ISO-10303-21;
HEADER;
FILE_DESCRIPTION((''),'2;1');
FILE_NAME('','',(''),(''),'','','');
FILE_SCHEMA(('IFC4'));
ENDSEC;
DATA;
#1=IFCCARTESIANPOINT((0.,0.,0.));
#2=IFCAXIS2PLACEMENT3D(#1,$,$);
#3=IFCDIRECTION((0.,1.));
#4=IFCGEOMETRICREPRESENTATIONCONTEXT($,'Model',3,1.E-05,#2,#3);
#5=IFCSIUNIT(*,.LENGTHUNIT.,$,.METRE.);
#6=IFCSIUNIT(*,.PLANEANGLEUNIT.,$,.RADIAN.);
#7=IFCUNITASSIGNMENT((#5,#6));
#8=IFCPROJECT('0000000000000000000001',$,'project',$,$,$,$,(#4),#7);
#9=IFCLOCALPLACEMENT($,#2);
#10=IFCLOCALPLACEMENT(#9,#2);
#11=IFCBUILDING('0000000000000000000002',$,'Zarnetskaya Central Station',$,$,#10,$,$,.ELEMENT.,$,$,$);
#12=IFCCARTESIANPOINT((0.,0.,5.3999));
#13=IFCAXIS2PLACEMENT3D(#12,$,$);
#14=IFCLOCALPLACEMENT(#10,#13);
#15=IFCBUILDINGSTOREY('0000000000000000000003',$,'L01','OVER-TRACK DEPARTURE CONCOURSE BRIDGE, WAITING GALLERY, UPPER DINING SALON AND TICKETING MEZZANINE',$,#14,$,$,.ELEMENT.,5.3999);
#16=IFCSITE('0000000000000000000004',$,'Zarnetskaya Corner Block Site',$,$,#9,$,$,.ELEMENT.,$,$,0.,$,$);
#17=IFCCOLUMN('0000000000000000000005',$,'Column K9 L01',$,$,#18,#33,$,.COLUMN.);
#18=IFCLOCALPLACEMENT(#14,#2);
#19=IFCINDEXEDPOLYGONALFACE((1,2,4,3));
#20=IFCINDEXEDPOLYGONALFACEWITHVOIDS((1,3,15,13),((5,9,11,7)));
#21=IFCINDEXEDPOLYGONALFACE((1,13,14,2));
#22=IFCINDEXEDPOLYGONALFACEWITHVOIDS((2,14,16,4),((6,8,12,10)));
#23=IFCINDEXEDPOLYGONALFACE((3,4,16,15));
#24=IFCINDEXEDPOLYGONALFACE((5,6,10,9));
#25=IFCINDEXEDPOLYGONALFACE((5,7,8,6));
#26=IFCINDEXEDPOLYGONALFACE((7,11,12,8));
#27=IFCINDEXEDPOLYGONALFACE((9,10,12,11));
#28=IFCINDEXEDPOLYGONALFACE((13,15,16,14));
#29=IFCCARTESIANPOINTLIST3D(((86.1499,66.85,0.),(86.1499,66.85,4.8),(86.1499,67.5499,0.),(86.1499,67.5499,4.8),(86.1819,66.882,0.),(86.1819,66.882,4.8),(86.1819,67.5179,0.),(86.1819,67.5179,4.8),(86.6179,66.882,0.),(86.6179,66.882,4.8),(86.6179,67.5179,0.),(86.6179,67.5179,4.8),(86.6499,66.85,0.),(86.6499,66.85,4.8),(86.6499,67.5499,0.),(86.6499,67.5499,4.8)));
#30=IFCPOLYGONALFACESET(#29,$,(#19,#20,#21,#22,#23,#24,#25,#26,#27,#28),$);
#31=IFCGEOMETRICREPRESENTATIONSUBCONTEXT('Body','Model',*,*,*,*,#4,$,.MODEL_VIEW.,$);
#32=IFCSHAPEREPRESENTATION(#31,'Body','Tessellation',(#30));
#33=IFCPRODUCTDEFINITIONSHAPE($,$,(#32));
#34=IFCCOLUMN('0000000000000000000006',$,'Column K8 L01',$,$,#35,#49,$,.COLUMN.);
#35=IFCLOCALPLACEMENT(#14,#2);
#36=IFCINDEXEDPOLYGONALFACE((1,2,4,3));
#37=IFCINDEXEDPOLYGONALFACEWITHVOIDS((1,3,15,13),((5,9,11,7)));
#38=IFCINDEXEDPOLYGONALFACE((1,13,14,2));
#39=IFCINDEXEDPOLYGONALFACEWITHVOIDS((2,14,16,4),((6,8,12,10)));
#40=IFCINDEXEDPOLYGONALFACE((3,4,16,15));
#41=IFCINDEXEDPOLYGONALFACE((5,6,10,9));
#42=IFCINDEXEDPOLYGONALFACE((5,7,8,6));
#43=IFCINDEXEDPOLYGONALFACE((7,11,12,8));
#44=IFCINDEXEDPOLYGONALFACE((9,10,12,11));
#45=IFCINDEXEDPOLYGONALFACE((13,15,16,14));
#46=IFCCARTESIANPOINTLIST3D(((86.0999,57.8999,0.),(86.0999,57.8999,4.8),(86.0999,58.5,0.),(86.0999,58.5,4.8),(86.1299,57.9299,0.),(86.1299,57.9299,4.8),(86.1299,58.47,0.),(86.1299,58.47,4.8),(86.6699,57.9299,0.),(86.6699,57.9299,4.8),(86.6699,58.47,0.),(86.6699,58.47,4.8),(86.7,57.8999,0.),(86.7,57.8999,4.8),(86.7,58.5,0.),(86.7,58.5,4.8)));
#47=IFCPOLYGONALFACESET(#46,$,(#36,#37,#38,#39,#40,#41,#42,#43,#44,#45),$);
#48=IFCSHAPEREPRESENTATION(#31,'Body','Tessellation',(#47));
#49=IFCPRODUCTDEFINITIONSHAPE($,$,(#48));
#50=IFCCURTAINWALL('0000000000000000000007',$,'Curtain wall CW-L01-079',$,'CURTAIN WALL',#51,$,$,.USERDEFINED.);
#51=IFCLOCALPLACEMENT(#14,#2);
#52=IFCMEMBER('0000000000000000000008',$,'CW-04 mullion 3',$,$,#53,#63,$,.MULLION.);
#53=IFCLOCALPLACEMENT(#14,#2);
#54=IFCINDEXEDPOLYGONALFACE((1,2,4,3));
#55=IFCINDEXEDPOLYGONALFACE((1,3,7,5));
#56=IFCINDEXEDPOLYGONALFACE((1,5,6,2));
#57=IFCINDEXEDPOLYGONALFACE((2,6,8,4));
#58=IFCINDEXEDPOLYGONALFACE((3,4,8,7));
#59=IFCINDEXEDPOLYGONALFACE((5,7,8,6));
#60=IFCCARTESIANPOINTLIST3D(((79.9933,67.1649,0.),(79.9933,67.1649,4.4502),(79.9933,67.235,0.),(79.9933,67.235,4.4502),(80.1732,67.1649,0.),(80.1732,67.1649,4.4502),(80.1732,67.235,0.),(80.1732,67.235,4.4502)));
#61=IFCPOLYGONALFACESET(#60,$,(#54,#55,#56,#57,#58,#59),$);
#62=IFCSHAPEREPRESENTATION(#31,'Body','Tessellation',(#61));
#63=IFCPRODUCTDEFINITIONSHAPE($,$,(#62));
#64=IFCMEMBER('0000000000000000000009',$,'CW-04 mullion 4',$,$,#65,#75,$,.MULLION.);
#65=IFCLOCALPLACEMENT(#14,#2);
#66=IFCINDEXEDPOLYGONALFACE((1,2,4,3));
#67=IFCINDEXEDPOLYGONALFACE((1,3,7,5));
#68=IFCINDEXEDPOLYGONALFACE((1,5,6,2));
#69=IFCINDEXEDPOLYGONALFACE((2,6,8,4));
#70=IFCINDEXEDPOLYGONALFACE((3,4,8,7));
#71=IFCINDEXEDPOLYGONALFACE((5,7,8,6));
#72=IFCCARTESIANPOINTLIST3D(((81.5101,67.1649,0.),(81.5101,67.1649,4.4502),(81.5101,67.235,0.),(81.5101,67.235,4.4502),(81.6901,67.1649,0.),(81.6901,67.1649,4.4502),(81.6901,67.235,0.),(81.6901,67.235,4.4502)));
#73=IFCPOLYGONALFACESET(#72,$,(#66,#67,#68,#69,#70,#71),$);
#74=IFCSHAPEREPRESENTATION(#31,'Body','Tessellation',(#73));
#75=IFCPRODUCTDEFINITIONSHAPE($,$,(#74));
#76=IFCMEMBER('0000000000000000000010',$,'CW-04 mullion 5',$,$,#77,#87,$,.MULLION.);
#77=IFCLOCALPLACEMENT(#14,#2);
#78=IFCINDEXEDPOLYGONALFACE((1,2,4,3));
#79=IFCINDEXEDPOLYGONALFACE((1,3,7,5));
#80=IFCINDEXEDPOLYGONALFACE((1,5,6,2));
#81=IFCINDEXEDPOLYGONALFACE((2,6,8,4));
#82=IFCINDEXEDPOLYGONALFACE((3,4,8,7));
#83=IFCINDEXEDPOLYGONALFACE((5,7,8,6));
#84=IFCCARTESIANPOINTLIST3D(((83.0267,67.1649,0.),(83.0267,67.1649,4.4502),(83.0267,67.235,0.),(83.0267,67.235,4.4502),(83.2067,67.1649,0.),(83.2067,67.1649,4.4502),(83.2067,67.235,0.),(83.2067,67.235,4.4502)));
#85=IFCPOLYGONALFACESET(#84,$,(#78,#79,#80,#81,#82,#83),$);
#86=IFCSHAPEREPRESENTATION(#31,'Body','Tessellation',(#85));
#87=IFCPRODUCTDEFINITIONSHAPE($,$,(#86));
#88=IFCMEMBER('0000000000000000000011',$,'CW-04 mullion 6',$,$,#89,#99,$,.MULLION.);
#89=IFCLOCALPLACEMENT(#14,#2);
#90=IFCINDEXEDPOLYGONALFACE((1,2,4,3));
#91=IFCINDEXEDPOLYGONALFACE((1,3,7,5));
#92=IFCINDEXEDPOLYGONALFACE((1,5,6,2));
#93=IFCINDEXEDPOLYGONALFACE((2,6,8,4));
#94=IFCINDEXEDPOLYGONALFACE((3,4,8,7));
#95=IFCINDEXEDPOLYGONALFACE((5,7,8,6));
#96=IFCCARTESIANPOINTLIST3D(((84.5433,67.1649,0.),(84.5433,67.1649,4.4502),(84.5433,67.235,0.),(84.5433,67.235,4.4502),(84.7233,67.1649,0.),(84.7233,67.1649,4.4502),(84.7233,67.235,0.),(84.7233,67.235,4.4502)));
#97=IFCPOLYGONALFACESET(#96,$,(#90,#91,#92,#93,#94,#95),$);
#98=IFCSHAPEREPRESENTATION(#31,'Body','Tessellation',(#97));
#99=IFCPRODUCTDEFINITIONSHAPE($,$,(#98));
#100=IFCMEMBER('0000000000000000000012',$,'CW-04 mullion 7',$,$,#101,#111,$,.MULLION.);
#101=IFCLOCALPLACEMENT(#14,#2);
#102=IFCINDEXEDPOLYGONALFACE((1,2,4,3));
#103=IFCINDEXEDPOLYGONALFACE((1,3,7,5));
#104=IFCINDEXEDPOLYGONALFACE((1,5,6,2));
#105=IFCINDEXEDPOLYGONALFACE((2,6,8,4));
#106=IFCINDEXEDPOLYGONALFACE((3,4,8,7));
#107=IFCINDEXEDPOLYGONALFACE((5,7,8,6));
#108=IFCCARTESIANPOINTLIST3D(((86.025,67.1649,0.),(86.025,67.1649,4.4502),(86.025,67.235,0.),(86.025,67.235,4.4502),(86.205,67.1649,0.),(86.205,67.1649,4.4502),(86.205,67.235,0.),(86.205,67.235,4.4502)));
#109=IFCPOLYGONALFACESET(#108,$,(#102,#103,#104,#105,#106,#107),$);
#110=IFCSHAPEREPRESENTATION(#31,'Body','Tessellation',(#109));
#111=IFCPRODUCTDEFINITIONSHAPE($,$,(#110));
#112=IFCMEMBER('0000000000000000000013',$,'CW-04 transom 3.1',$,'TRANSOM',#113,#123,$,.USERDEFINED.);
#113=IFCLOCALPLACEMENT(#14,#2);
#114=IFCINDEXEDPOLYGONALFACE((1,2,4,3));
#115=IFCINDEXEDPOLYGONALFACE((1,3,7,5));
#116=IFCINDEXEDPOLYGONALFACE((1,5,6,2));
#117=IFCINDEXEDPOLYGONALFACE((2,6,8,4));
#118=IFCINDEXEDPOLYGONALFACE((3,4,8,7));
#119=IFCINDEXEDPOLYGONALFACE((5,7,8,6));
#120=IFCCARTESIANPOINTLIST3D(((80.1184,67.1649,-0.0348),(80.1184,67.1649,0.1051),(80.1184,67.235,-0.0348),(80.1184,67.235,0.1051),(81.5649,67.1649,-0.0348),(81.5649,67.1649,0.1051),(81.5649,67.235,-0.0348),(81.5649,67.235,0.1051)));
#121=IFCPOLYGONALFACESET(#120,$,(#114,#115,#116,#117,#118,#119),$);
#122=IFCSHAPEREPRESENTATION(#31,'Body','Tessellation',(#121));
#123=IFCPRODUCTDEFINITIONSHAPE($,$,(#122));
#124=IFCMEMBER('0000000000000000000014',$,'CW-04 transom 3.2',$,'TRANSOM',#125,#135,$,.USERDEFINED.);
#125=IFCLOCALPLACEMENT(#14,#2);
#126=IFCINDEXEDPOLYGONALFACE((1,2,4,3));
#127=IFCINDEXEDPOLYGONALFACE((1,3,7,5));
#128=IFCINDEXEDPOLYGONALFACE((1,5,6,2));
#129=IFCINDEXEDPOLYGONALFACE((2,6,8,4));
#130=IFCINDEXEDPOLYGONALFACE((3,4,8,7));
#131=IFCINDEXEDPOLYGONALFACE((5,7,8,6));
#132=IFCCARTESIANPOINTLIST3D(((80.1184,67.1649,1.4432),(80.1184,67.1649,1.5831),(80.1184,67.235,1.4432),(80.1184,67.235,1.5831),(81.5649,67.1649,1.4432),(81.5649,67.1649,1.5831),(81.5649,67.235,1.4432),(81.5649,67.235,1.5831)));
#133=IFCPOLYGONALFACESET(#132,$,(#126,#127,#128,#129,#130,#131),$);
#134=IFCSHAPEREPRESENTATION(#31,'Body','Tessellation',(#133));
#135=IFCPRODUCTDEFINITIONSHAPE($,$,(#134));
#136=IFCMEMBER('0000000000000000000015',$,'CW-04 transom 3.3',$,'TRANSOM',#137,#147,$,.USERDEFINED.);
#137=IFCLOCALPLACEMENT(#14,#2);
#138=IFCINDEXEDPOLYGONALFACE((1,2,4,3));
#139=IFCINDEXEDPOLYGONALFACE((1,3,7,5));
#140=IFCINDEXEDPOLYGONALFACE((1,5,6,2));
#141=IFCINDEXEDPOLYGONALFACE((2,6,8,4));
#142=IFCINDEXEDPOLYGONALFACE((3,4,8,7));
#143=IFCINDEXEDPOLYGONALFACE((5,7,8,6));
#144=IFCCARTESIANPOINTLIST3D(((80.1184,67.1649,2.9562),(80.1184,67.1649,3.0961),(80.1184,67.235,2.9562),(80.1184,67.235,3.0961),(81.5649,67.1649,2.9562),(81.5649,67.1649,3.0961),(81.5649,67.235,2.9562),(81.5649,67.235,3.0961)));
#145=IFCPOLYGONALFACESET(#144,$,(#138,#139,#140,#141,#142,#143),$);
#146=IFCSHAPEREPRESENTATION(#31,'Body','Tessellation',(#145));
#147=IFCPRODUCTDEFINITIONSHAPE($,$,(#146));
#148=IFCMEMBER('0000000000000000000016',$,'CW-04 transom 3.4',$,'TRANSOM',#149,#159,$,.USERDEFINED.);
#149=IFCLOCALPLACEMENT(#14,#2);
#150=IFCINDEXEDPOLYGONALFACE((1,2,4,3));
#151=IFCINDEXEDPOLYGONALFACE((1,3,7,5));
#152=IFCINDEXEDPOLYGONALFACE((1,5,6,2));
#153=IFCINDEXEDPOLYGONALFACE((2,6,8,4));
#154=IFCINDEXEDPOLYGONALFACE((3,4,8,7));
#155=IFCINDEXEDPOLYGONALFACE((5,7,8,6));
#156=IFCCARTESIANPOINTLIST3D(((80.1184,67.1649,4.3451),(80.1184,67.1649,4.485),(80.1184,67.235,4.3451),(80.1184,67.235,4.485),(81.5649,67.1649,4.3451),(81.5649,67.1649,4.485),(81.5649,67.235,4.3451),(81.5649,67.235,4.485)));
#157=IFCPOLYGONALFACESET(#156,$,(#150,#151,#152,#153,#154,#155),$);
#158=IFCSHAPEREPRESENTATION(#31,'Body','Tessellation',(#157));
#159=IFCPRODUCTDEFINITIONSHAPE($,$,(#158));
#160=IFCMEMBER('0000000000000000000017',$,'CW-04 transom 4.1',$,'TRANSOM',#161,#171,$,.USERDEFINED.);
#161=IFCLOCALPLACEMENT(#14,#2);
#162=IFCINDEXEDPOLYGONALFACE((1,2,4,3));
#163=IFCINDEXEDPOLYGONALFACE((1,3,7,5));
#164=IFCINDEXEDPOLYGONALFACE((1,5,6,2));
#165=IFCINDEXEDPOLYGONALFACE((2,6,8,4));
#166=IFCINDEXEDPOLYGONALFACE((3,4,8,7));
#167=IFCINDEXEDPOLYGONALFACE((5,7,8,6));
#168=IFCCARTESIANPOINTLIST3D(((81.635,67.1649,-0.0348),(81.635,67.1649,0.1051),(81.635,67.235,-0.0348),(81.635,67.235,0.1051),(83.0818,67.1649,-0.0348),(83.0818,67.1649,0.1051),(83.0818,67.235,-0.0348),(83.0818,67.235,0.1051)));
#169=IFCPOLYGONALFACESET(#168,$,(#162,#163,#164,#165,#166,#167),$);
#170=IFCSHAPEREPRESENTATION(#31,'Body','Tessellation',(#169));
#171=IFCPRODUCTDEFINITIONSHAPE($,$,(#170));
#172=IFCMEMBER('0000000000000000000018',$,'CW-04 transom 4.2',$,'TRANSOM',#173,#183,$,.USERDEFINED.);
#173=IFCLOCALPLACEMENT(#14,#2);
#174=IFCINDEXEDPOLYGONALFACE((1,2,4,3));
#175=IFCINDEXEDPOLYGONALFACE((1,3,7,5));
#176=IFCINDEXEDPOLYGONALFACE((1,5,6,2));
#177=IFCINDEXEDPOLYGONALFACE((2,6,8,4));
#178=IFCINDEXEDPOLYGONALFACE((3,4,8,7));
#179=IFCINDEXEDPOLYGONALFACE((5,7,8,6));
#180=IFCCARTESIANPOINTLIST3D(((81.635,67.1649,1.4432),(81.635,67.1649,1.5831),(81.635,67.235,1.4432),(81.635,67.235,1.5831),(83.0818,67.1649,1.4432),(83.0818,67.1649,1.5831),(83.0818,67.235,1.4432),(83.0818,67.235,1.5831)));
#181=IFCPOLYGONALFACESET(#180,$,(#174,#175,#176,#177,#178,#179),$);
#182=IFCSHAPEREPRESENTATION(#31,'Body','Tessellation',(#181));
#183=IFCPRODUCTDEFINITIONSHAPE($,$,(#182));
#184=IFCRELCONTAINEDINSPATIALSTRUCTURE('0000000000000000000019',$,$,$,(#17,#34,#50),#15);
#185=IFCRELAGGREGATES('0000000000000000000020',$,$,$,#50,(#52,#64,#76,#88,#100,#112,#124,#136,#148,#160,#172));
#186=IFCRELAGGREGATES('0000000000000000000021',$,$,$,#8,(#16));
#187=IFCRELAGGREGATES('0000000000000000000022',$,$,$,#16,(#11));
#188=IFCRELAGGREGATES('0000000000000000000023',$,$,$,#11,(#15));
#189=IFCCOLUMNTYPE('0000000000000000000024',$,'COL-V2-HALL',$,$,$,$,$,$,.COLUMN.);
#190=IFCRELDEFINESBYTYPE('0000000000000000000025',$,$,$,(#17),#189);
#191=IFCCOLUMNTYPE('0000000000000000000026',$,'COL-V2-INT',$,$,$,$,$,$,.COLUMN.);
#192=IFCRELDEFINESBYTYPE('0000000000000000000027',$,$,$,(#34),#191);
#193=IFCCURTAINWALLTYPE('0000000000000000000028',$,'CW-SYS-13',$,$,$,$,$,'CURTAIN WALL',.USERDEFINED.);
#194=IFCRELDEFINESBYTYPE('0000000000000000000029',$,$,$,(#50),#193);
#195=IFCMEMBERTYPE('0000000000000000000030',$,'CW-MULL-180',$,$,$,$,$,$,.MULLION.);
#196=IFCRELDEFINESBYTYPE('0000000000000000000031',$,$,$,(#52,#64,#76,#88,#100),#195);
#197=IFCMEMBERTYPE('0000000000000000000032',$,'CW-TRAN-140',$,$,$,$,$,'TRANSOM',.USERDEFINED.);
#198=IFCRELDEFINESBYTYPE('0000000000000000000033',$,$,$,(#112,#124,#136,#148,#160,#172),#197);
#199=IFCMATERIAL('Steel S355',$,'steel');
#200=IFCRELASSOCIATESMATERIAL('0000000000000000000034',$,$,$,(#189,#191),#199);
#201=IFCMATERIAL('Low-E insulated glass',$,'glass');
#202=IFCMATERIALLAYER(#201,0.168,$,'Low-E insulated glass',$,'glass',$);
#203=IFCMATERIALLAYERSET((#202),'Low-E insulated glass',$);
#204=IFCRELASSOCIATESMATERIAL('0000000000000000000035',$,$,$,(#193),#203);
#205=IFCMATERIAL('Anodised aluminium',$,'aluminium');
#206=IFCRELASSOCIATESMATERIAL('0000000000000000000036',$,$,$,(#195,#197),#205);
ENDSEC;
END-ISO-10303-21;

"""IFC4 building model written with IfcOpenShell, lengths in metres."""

from ifc_helpers import new_model, si_unit, direction, frame, origin, origin_2d, place, context, subcontext, project, spatial, rectangle, hollow_rectangle, extrude, material, layer, layer_set, material_profile, profile_set, type_object, element, aggregate, save


model = new_model("IFC4")

# Units and contexts
model_context = context("Model", 3, precision=1e-05, world=origin(), true_north=direction((0.0, 1.0)))
body_context = subcontext(model_context, "Body", "Model", "MODEL_VIEW")
ifc_project = project(units=[si_unit("LENGTHUNIT", "METRE"), si_unit("PLANEANGLEUNIT", "RADIAN")], contexts=[model_context])

# Site, building, storey
site_placement = place(None, origin())
site = spatial("IfcSite", under=ifc_project, at=site_placement, Name="Zarnetskaya Corner Block Site", CompositionType="ELEMENT", RefElevation=0.0)
building_placement = place(site_placement, origin())
building = spatial("IfcBuilding", under=site, at=building_placement, Name="Zarnetskaya Central Station", CompositionType="ELEMENT")
storey_placement = place(building_placement, frame((0.0, 0.0, 5.3999)))
storey = spatial("IfcBuildingStorey", under=building, at=storey_placement, Name="L01", Description="OVER-TRACK DEPARTURE CONCOURSE BRIDGE, WAITING GALLERY, UPPER DINING SALON AND TICKETING MEZZANINE", CompositionType="ELEMENT", Elevation=5.3999)

# Columns
ifc_material_1 = material(Name="Steel S355", Category="steel")
ifc_material_profile_1 = material_profile(ifc_material_1, hollow_rectangle(XDim=0.5, YDim=0.7, WallThickness=0.032, at=origin_2d()), Name="BOX 700x500x32")
ifc_profile_set_1 = profile_set([ifc_material_profile_1], Name="Steel S355")
column_type_1 = type_object("IfcColumnType", Name="COL-V2-HALL", PredefinedType="COLUMN", material=ifc_profile_set_1)
column_1_placement = place(storey_placement, frame((86.3999, 67.2, 0.0), z_axis=(0.0, 0.0, 1.0), x_axis=(1.0, 0.0, 0.0)))
element("IfcColumn", 1, at=column_1_placement, inside=storey, type_object=column_type_1, Name="Column K9 L01", PredefinedType="COLUMN", context=body_context, shape_type="SweptSolid", body=[
    extrude(hollow_rectangle(XDim=0.5, YDim=0.7, WallThickness=0.032, at=origin_2d()), origin(), (0.0, 0.0, 1.0), 4.8),
])
ifc_material_profile_2 = material_profile(ifc_material_1, hollow_rectangle(XDim=0.6001, YDim=0.6001, WallThickness=0.03, at=origin_2d()), Name="BOX 600x600x30")
ifc_profile_set_2 = profile_set([ifc_material_profile_2], Name="Steel S355")
column_type_2 = type_object("IfcColumnType", Name="COL-V2-INT", PredefinedType="COLUMN", material=ifc_profile_set_2)
column_2_placement = place(storey_placement, frame((86.3999, 58.2, 0.0), z_axis=(0.0, 0.0, 1.0), x_axis=(1.0, 0.0, 0.0)))
element("IfcColumn", 2, at=column_2_placement, inside=storey, type_object=column_type_2, Name="Column K8 L01", PredefinedType="COLUMN", context=body_context, shape_type="SweptSolid", body=[
    extrude(hollow_rectangle(XDim=0.6001, YDim=0.6001, WallThickness=0.03, at=origin_2d()), origin(), (0.0, 0.0, 1.0), 4.8),
])

# Curtain wall, members
ifc_material_2 = material(Name="Low-E insulated glass", Category="glass")
ifc_layer_1 = layer(ifc_material_2, 0.168, Name="Low-E insulated glass", Category="glass")
ifc_layer_set_1 = layer_set([ifc_layer_1], Name="Low-E insulated glass")
curtain_wall_type = type_object("IfcCurtainWallType", Name="CW-SYS-13", ElementType="CURTAIN WALL", PredefinedType="USERDEFINED", material=ifc_layer_set_1)
curtain_wall_placement = place(storey_placement, origin())
curtain_wall = element("IfcCurtainWall", 3, at=curtain_wall_placement, inside=storey, type_object=curtain_wall_type, Name="Curtain wall CW-L01-079", ObjectType="CURTAIN WALL", PredefinedType="USERDEFINED")
ifc_material_3 = material(Name="Anodised aluminium", Category="aluminium")
ifc_material_profile_3 = material_profile(ifc_material_3, rectangle(XDim=0.0701, YDim=0.1799, at=origin_2d()), Name="ALU MULL 70x180")
ifc_profile_set_3 = profile_set([ifc_material_profile_3], Name="Anodised aluminium")
member_type_1 = type_object("IfcMemberType", Name="CW-MULL-180", PredefinedType="MULLION", material=ifc_profile_set_3)
member_1_placement = place(storey_placement, frame((80.0833, 67.2, 0.0), z_axis=(0.0, 0.0, 1.0), x_axis=(0.0, 1.0, 0.0)))
member_1 = element("IfcMember", 4, at=member_1_placement, type_object=member_type_1, Name="CW-04 mullion 3", PredefinedType="MULLION", context=body_context, shape_type="SweptSolid", body=[
    extrude(rectangle(XDim=0.0701, YDim=0.1799, at=origin_2d()), origin(), (0.0, 0.0, 1.0), 4.4502),
])
member_2_placement = place(storey_placement, frame((81.6001, 67.2, 0.0), z_axis=(0.0, 0.0, 1.0), x_axis=(0.0, 1.0, 0.0)))
member_2 = element("IfcMember", 5, at=member_2_placement, type_object=member_type_1, Name="CW-04 mullion 4", PredefinedType="MULLION", context=body_context, shape_type="SweptSolid", body=[
    extrude(rectangle(XDim=0.0701, YDim=0.1799, at=origin_2d()), origin(), (0.0, 0.0, 1.0), 4.4502),
])
member_3_placement = place(storey_placement, frame((83.1167, 67.2, 0.0), z_axis=(0.0, 0.0, 1.0), x_axis=(0.0, 1.0, 0.0)))
member_3 = element("IfcMember", 6, at=member_3_placement, type_object=member_type_1, Name="CW-04 mullion 5", PredefinedType="MULLION", context=body_context, shape_type="SweptSolid", body=[
    extrude(rectangle(XDim=0.0701, YDim=0.1799, at=origin_2d()), origin(), (0.0, 0.0, 1.0), 4.4502),
])
member_4_placement = place(storey_placement, frame((84.6333, 67.2, 0.0), z_axis=(0.0, 0.0, 1.0), x_axis=(0.0, 1.0, 0.0)))
member_4 = element("IfcMember", 7, at=member_4_placement, type_object=member_type_1, Name="CW-04 mullion 6", PredefinedType="MULLION", context=body_context, shape_type="SweptSolid", body=[
    extrude(rectangle(XDim=0.0701, YDim=0.1799, at=origin_2d()), origin(), (0.0, 0.0, 1.0), 4.4502),
])
member_5_placement = place(storey_placement, frame((86.115, 67.2, 0.0), z_axis=(0.0, 0.0, 1.0), x_axis=(0.0, 1.0, 0.0)))
member_5 = element("IfcMember", 8, at=member_5_placement, type_object=member_type_1, Name="CW-04 mullion 7", PredefinedType="MULLION", context=body_context, shape_type="SweptSolid", body=[
    extrude(rectangle(XDim=0.0701, YDim=0.1799, at=origin_2d()), origin(), (0.0, 0.0, 1.0), 4.4502),
])
ifc_material_profile_4 = material_profile(ifc_material_3, rectangle(XDim=0.0701, YDim=0.1399, at=origin_2d()), Name="ALU TRAN 70x140")
ifc_profile_set_4 = profile_set([ifc_material_profile_4], Name="Anodised aluminium")
member_type_2 = type_object("IfcMemberType", Name="CW-TRAN-140", ElementType="TRANSOM", PredefinedType="USERDEFINED", material=ifc_profile_set_4)
member_6_placement = place(storey_placement, frame((80.1184, 67.2, 0.0352), z_axis=(1.0, 0.0, 0.0), x_axis=(0.0, 1.0, 0.0)))
member_6 = element("IfcMember", 9, at=member_6_placement, type_object=member_type_2, Name="CW-04 transom 3.1", ObjectType="TRANSOM", PredefinedType="USERDEFINED", context=body_context, shape_type="SweptSolid", body=[
    extrude(rectangle(XDim=0.0701, YDim=0.1399, at=origin_2d()), origin(), (0.0, 0.0, 1.0), 1.4465),
])
member_7_placement = place(storey_placement, frame((80.1184, 67.2, 1.5132), z_axis=(1.0, 0.0, 0.0), x_axis=(0.0, 1.0, 0.0)))
member_7 = element("IfcMember", 10, at=member_7_placement, type_object=member_type_2, Name="CW-04 transom 3.2", ObjectType="TRANSOM", PredefinedType="USERDEFINED", context=body_context, shape_type="SweptSolid", body=[
    extrude(rectangle(XDim=0.0701, YDim=0.1399, at=origin_2d()), origin(), (0.0, 0.0, 1.0), 1.4465),
])
member_8_placement = place(storey_placement, frame((80.1184, 67.2, 3.0261), z_axis=(1.0, 0.0, 0.0), x_axis=(0.0, 1.0, 0.0)))
member_8 = element("IfcMember", 11, at=member_8_placement, type_object=member_type_2, Name="CW-04 transom 3.3", ObjectType="TRANSOM", PredefinedType="USERDEFINED", context=body_context, shape_type="SweptSolid", body=[
    extrude(rectangle(XDim=0.0701, YDim=0.1399, at=origin_2d()), origin(), (0.0, 0.0, 1.0), 1.4465),
])
member_9_placement = place(storey_placement, frame((80.1184, 67.2, 4.415), z_axis=(1.0, 0.0, 0.0), x_axis=(0.0, 1.0, 0.0)))
member_9 = element("IfcMember", 12, at=member_9_placement, type_object=member_type_2, Name="CW-04 transom 3.4", ObjectType="TRANSOM", PredefinedType="USERDEFINED", context=body_context, shape_type="SweptSolid", body=[
    extrude(rectangle(XDim=0.0701, YDim=0.1399, at=origin_2d()), origin(), (0.0, 0.0, 1.0), 1.4465),
])
member_10_placement = place(storey_placement, frame((81.635, 67.2, 0.0352), z_axis=(1.0, 0.0, 0.0), x_axis=(0.0, 1.0, 0.0)))
member_10 = element("IfcMember", 13, at=member_10_placement, type_object=member_type_2, Name="CW-04 transom 4.1", ObjectType="TRANSOM", PredefinedType="USERDEFINED", context=body_context, shape_type="SweptSolid", body=[
    extrude(rectangle(XDim=0.0701, YDim=0.1399, at=origin_2d()), origin(), (0.0, 0.0, 1.0), 1.4468),
])
member_11_placement = place(storey_placement, frame((81.635, 67.2, 1.5132), z_axis=(1.0, 0.0, 0.0), x_axis=(0.0, 1.0, 0.0)))
member_11 = element("IfcMember", 14, at=member_11_placement, type_object=member_type_2, Name="CW-04 transom 4.2", ObjectType="TRANSOM", PredefinedType="USERDEFINED", context=body_context, shape_type="SweptSolid", body=[
    extrude(rectangle(XDim=0.0701, YDim=0.1399, at=origin_2d()), origin(), (0.0, 0.0, 1.0), 1.4468),
])

aggregate(curtain_wall, [member_1, member_2, member_3, member_4, member_5, member_6, member_7, member_8, member_9, member_10, member_11])

save(model, "model.ifc")
